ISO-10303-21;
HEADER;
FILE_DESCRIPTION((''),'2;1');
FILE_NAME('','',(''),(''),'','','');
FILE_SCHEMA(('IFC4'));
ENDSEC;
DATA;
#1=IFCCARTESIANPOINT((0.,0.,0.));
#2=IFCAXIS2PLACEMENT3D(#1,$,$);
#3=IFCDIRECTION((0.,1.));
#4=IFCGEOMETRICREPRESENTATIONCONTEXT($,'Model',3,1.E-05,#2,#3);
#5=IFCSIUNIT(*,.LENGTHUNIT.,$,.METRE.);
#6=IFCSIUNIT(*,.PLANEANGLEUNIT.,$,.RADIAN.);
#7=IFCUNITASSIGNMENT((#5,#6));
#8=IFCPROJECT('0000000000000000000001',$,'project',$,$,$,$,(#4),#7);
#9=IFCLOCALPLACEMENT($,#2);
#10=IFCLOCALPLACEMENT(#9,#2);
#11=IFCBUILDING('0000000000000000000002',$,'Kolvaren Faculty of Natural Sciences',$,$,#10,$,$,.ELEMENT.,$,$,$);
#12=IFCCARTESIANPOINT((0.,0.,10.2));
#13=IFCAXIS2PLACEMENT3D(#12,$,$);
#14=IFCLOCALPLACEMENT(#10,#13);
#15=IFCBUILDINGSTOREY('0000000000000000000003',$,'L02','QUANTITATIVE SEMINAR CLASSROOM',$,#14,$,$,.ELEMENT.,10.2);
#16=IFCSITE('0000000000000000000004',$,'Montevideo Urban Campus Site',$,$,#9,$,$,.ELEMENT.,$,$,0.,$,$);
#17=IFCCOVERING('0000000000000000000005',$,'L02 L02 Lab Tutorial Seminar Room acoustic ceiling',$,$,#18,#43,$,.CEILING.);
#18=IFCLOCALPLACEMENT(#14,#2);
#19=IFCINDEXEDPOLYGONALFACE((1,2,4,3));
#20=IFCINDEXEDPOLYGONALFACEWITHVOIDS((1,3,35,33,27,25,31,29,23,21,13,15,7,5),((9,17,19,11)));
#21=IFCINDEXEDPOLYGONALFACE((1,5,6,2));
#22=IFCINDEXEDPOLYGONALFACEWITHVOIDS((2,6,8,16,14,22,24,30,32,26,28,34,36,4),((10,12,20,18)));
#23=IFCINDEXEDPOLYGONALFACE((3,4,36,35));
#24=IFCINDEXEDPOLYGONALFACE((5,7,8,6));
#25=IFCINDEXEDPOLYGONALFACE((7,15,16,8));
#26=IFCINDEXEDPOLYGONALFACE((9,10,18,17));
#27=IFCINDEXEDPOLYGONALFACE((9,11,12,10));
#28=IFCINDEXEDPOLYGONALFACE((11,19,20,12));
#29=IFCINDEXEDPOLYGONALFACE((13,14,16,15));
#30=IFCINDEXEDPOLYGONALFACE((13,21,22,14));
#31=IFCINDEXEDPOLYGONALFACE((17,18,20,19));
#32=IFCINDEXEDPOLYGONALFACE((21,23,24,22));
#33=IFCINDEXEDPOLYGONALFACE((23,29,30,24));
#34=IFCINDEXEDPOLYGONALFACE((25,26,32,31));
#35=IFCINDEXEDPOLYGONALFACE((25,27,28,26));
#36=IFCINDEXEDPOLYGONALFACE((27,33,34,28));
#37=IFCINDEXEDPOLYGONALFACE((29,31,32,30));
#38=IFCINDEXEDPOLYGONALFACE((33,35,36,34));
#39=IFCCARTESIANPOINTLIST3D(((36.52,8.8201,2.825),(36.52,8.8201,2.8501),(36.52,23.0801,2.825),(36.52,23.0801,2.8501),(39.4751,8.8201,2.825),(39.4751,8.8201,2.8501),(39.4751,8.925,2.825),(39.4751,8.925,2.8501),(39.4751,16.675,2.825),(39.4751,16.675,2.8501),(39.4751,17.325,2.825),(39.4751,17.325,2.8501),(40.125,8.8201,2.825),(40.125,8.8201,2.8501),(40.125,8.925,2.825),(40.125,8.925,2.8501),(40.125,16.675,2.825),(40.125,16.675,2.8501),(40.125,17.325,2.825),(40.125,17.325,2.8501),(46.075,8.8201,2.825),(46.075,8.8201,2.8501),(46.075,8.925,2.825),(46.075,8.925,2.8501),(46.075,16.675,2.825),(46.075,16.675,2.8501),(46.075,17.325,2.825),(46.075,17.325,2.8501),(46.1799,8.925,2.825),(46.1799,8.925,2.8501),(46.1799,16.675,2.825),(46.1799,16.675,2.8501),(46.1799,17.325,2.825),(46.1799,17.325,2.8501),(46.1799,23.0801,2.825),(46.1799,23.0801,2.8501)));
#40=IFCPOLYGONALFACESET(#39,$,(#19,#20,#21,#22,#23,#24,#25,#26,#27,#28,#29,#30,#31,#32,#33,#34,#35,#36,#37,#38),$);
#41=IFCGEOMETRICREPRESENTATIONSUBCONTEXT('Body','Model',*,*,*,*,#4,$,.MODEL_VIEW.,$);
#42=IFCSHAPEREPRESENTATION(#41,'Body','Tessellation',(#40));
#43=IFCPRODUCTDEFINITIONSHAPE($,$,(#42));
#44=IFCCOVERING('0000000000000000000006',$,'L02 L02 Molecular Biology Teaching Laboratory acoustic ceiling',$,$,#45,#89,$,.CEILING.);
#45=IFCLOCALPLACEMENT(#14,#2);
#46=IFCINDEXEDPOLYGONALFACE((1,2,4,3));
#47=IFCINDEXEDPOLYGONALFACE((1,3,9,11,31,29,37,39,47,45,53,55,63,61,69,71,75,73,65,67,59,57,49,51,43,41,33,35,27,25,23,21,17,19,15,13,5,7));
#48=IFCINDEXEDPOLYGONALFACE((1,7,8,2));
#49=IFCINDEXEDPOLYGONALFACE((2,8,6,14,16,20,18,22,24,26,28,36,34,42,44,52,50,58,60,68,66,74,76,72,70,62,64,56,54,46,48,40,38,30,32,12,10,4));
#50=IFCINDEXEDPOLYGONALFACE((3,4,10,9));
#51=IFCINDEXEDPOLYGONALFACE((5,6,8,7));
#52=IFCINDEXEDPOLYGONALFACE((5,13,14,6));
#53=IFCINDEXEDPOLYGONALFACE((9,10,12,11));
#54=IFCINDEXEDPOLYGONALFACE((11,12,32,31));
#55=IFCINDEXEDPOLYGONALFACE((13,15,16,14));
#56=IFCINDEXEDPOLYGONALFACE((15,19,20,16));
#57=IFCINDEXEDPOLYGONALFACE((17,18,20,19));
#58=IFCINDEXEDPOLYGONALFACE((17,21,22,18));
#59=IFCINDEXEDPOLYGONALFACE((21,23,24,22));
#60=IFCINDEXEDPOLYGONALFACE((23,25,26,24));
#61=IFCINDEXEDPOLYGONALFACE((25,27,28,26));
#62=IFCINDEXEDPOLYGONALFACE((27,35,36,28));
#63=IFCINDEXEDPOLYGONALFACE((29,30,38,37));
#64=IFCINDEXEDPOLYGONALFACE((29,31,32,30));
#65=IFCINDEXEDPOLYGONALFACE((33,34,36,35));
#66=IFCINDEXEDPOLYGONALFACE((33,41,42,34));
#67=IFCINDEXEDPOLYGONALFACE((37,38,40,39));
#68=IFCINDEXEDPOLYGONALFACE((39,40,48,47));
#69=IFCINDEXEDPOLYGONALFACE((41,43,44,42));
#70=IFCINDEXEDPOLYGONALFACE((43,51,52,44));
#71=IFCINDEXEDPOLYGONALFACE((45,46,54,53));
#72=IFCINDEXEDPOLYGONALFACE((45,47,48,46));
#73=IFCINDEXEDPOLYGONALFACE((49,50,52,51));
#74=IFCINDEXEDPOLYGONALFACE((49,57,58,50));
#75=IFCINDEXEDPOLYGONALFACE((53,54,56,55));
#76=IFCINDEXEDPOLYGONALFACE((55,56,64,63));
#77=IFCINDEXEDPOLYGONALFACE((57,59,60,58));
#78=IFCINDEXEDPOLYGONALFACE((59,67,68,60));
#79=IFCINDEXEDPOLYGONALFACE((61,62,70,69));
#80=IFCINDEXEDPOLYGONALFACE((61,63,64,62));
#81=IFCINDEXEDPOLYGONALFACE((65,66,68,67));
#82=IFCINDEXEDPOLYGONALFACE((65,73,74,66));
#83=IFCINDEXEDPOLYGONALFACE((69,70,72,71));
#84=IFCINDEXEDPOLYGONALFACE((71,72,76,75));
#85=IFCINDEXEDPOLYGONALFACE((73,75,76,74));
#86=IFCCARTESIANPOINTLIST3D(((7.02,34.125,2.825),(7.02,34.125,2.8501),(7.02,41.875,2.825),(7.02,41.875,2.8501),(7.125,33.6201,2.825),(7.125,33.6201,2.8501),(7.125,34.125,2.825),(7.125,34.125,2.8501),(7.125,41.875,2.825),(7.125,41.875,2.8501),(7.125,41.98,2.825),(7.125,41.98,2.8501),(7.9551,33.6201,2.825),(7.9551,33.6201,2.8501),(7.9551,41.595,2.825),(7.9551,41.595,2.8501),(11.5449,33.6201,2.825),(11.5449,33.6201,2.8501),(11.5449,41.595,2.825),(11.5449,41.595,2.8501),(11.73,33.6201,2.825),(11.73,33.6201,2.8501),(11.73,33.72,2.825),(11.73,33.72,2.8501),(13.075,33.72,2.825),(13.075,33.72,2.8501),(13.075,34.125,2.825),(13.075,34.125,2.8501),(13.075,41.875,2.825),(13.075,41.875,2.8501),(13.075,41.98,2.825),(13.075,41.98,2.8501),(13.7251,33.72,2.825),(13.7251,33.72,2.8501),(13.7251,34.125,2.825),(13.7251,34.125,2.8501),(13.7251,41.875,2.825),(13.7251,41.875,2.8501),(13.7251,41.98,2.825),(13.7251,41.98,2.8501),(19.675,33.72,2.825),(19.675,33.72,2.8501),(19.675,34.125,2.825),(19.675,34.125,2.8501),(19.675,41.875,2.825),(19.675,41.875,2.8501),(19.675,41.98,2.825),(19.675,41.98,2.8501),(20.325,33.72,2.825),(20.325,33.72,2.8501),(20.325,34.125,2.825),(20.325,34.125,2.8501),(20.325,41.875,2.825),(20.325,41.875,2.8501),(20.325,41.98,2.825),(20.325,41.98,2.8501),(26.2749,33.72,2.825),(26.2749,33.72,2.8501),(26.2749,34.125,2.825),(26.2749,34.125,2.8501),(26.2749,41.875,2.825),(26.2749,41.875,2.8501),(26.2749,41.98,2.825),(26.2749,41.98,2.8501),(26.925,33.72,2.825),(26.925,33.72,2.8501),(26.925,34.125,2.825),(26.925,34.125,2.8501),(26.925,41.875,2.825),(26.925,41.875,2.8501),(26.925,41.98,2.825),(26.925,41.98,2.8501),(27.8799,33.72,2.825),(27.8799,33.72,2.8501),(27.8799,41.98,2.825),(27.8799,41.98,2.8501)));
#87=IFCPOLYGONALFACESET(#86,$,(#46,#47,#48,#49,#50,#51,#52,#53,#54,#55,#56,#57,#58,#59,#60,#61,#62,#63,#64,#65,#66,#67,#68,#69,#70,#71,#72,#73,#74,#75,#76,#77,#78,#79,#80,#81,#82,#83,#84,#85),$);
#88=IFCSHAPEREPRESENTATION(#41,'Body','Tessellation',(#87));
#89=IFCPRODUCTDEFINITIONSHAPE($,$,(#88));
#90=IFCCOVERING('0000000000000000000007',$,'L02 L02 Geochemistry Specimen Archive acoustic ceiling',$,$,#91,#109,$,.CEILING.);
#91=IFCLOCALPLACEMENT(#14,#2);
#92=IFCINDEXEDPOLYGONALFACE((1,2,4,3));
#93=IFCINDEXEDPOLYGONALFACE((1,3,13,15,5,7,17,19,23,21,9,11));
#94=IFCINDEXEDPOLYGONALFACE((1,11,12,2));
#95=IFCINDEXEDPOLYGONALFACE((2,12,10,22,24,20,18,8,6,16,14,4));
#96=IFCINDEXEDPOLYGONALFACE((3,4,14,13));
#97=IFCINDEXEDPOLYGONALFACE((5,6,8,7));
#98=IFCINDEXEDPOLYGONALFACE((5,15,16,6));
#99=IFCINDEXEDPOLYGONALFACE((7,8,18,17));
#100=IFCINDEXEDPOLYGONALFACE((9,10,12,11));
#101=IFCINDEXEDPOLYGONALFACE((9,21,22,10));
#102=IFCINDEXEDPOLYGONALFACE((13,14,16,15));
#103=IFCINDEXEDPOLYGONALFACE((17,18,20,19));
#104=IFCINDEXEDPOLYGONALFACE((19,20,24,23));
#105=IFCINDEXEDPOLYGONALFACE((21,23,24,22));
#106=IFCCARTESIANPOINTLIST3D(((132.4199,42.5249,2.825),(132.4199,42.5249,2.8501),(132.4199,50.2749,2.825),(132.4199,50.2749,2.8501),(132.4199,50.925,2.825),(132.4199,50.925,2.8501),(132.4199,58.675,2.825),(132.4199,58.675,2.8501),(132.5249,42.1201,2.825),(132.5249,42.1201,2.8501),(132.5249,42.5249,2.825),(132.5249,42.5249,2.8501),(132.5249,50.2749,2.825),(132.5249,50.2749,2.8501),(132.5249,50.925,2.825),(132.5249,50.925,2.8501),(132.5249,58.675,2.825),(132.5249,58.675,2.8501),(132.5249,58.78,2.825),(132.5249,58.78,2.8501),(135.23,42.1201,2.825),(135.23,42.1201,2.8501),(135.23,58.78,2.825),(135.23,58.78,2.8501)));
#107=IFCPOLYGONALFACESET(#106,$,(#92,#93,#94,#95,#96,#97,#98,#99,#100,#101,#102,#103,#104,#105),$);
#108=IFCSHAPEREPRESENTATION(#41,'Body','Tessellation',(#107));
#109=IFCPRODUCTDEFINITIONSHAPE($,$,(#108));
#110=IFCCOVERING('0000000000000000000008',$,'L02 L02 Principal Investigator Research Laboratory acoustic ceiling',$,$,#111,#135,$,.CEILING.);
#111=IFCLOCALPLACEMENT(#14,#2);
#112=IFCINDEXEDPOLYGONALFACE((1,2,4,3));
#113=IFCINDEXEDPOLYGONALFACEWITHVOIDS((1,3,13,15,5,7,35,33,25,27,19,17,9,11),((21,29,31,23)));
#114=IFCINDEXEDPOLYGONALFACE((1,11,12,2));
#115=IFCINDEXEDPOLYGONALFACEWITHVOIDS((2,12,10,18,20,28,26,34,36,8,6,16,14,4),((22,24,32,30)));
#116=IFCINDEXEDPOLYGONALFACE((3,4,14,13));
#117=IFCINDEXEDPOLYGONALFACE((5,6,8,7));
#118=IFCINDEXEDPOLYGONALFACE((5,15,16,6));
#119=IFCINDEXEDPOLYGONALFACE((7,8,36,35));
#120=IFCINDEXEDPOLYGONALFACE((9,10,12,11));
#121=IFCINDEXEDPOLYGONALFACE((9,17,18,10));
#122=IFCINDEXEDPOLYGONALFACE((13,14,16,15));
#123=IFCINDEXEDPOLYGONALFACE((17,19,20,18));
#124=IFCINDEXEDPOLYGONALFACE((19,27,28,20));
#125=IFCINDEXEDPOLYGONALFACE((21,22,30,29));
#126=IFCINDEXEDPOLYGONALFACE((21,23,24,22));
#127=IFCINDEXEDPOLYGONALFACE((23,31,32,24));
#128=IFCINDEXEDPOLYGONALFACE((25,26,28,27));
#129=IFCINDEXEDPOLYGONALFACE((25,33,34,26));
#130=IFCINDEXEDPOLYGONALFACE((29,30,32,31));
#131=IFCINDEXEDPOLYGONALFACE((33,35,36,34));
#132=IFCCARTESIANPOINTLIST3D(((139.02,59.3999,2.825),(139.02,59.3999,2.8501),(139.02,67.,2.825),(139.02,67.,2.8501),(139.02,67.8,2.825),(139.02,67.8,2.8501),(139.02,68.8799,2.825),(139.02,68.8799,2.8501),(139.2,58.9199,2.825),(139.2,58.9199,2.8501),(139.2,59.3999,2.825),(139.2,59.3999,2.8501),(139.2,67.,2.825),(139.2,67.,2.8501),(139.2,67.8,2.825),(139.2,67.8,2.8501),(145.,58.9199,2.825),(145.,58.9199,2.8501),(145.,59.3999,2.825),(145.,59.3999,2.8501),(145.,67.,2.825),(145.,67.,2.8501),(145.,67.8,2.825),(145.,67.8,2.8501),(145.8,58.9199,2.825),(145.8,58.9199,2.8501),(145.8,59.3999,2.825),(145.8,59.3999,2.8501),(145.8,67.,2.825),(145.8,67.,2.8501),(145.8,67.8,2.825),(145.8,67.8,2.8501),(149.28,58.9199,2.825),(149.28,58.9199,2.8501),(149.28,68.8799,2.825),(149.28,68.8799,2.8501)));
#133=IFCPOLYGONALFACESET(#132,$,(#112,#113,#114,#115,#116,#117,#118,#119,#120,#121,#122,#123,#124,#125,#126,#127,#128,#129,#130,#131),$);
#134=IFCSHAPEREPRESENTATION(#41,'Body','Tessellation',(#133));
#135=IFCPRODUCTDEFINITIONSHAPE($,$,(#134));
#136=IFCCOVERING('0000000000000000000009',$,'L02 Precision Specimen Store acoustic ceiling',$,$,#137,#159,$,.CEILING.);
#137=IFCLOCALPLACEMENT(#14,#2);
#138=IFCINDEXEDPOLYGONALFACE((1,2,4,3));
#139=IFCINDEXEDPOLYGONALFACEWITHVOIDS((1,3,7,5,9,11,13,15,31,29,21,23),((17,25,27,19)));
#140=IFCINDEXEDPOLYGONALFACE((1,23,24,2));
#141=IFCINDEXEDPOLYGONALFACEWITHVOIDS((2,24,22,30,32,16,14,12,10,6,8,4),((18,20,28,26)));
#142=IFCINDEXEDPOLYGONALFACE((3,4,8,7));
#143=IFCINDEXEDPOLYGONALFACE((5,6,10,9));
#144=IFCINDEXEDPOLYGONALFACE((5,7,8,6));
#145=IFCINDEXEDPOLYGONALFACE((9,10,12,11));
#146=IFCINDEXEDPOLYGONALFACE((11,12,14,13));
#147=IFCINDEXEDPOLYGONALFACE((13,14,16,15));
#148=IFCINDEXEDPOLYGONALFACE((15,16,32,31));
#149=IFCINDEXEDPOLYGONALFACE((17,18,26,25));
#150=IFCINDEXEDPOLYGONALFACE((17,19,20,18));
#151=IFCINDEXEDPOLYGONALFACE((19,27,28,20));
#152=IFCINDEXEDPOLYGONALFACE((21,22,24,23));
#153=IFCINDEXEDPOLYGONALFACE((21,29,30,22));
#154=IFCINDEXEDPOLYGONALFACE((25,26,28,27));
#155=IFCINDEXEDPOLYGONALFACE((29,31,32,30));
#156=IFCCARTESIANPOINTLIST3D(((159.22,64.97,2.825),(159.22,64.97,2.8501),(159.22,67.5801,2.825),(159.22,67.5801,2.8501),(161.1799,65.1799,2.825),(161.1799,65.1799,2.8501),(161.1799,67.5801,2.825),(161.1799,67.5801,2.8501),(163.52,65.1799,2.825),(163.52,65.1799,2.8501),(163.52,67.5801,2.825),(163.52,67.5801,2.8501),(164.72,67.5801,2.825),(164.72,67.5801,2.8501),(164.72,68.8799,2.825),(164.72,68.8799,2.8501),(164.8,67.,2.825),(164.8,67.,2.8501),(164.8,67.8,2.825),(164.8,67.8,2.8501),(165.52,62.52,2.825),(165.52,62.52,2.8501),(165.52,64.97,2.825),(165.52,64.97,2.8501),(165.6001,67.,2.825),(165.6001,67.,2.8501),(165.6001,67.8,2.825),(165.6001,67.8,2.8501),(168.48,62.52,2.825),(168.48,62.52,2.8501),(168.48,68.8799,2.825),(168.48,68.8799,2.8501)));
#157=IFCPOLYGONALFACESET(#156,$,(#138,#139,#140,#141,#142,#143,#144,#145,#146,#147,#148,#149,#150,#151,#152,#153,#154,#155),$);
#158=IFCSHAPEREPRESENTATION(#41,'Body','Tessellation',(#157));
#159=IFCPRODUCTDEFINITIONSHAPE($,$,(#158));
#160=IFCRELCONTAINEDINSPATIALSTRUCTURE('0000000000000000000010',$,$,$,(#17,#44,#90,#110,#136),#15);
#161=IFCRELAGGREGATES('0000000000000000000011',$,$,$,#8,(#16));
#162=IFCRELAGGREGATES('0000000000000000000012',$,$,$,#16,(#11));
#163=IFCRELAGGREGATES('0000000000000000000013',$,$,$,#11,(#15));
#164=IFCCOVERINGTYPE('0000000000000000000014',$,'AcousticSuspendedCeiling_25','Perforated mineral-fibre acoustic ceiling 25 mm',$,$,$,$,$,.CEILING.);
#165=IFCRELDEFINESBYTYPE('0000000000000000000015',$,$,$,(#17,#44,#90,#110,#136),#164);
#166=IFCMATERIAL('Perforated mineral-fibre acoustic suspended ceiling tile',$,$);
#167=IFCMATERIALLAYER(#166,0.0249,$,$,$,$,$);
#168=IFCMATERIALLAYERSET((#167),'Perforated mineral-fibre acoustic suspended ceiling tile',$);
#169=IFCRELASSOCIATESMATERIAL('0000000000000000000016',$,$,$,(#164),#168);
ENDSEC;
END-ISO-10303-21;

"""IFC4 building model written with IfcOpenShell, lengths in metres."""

from ifc_helpers import new_model, si_unit, direction, frame, origin, place, context, subcontext, project, spatial, polyline, outline, extrude, material, layer, layer_set, type_object, element, save


model = new_model("IFC4")

# Units and contexts
model_context = context("Model", 3, precision=1e-05, world=origin(), true_north=direction((0.0, 1.0)))
body_context = subcontext(model_context, "Body", "Model", "MODEL_VIEW")
ifc_project = project(units=[si_unit("LENGTHUNIT", "METRE"), si_unit("PLANEANGLEUNIT", "RADIAN")], contexts=[model_context])

# Site, building, storey
site_placement = place(None, origin())
site = spatial("IfcSite", under=ifc_project, at=site_placement, Name="Montevideo Urban Campus Site", CompositionType="ELEMENT", RefElevation=0.0)
building_placement = place(site_placement, origin())
building = spatial("IfcBuilding", under=site, at=building_placement, Name="Kolvaren Faculty of Natural Sciences", CompositionType="ELEMENT")
storey_placement = place(building_placement, frame((0.0, 0.0, 10.2)))
storey = spatial("IfcBuildingStorey", under=building, at=storey_placement, Name="L02", Description="QUANTITATIVE SEMINAR CLASSROOM", CompositionType="ELEMENT", Elevation=10.2)

# Coverings
ifc_material_1 = material(Name="Perforated mineral-fibre acoustic suspended ceiling tile")
ifc_layer_1 = layer(ifc_material_1, 0.0249)
ifc_layer_set_1 = layer_set([ifc_layer_1], Name="Perforated mineral-fibre acoustic suspended ceiling tile")
covering_type_1 = type_object("IfcCoveringType", Name="AcousticSuspendedCeiling_25", Description="Perforated mineral-fibre acoustic ceiling 25 mm", PredefinedType="CEILING", material=ifc_layer_set_1)
covering_1_placement = place(storey_placement, frame((0.0, 0.0, 2.825)))
element("IfcCovering", 1, at=covering_1_placement, inside=storey, type_object=covering_type_1, Name="L02 L02 Lab Tutorial Seminar Room acoustic ceiling", PredefinedType="CEILING", context=body_context, shape_type="SweptSolid", body=[
    extrude(outline(polyline([(40.125, 8.8201), (40.125, 8.925), (39.4751, 8.925), (39.4751, 8.8201), (36.52, 8.8201), (36.52, 23.0801), (46.1799, 23.0801), (46.1799, 17.325), (46.075, 17.325), (46.075, 16.675), (46.1799, 16.675), (46.1799, 8.925), (46.075, 8.925), (46.075, 8.8201), (40.125, 8.8201)]), holes=[polyline([(39.4751, 17.325), (39.4751, 16.675), (40.125, 16.675), (40.125, 17.325), (39.4751, 17.325)])]), origin(), (0.0, 0.0, 1.0), 0.0251),
])
covering_2_placement = place(storey_placement, frame((0.0, 0.0, 2.825)))
element("IfcCovering", 2, at=covering_2_placement, inside=storey, type_object=covering_type_1, Name="L02 L02 Molecular Biology Teaching Laboratory acoustic ceiling", PredefinedType="CEILING", context=body_context, shape_type="SweptSolid", body=[
    extrude(outline(polyline([(11.5449, 41.595), (7.9551, 41.595), (7.9551, 33.6201), (7.125, 33.6201), (7.125, 34.125), (7.02, 34.125), (7.02, 41.875), (7.125, 41.875), (7.125, 41.98), (13.075, 41.98), (13.075, 41.875), (13.7251, 41.875), (13.7251, 41.98), (19.675, 41.98), (19.675, 41.875), (20.325, 41.875), (20.325, 41.98), (26.2749, 41.98), (26.2749, 41.875), (26.925, 41.875), (26.925, 41.98), (27.8799, 41.98), (27.8799, 33.72), (26.925, 33.72), (26.925, 34.125), (26.2749, 34.125), (26.2749, 33.72), (20.325, 33.72), (20.325, 34.125), (19.675, 34.125), (19.675, 33.72), (13.7251, 33.72), (13.7251, 34.125), (13.075, 34.125), (13.075, 33.72), (11.73, 33.72), (11.73, 33.6201), (11.5449, 33.6201), (11.5449, 41.595)])), origin(), (0.0, 0.0, 1.0), 0.0251),
])
covering_3_placement = place(storey_placement, frame((0.0, 0.0, 2.825)))
element("IfcCovering", 3, at=covering_3_placement, inside=storey, type_object=covering_type_1, Name="L02 L02 Geochemistry Specimen Archive acoustic ceiling", PredefinedType="CEILING", context=body_context, shape_type="SweptSolid", body=[
    extrude(outline(polyline([(132.4199, 50.2749), (132.5249, 50.2749), (132.5249, 50.925), (132.4199, 50.925), (132.4199, 58.675), (132.5249, 58.675), (132.5249, 58.78), (135.23, 58.78), (135.23, 42.1201), (132.5249, 42.1201), (132.5249, 42.5249), (132.4199, 42.5249), (132.4199, 50.2749)])), origin(), (0.0, 0.0, 1.0), 0.0251),
])
covering_4_placement = place(storey_placement, frame((0.0, 0.0, 2.825)))
element("IfcCovering", 4, at=covering_4_placement, inside=storey, type_object=covering_type_1, Name="L02 L02 Principal Investigator Research Laboratory acoustic ceiling", PredefinedType="CEILING", context=body_context, shape_type="SweptSolid", body=[
    extrude(outline(polyline([(139.02, 67.0), (139.2, 67.0), (139.2, 67.8), (139.02, 67.8), (139.02, 68.8799), (149.28, 68.8799), (149.28, 58.9199), (145.8, 58.9199), (145.8, 59.3999), (145.0, 59.3999), (145.0, 58.9199), (139.2, 58.9199), (139.2, 59.3999), (139.02, 59.3999), (139.02, 67.0)]), holes=[polyline([(145.0, 67.8), (145.0, 67.0), (145.8, 67.0), (145.8, 67.8), (145.0, 67.8)])]), origin(), (0.0, 0.0, 1.0), 0.0251),
])
covering_5_placement = place(storey_placement, frame((0.0, 0.0, 2.825)))
element("IfcCovering", 5, at=covering_5_placement, inside=storey, type_object=covering_type_1, Name="L02 Precision Specimen Store acoustic ceiling", PredefinedType="CEILING", context=body_context, shape_type="SweptSolid", body=[
    extrude(outline(polyline([(165.52, 62.52), (165.52, 64.97), (159.22, 64.97), (159.22, 67.5801), (161.1799, 67.5801), (161.1799, 65.1799), (163.52, 65.1799), (163.52, 67.5801), (164.72, 67.5801), (164.72, 68.8799), (168.48, 68.8799), (168.48, 62.52), (165.52, 62.52)]), holes=[polyline([(164.8, 67.8), (164.8, 67.0), (165.6001, 67.0), (165.6001, 67.8), (164.8, 67.8)])]), origin(), (0.0, 0.0, 1.0), 0.0251),
])

save(model, "model.ifc")
